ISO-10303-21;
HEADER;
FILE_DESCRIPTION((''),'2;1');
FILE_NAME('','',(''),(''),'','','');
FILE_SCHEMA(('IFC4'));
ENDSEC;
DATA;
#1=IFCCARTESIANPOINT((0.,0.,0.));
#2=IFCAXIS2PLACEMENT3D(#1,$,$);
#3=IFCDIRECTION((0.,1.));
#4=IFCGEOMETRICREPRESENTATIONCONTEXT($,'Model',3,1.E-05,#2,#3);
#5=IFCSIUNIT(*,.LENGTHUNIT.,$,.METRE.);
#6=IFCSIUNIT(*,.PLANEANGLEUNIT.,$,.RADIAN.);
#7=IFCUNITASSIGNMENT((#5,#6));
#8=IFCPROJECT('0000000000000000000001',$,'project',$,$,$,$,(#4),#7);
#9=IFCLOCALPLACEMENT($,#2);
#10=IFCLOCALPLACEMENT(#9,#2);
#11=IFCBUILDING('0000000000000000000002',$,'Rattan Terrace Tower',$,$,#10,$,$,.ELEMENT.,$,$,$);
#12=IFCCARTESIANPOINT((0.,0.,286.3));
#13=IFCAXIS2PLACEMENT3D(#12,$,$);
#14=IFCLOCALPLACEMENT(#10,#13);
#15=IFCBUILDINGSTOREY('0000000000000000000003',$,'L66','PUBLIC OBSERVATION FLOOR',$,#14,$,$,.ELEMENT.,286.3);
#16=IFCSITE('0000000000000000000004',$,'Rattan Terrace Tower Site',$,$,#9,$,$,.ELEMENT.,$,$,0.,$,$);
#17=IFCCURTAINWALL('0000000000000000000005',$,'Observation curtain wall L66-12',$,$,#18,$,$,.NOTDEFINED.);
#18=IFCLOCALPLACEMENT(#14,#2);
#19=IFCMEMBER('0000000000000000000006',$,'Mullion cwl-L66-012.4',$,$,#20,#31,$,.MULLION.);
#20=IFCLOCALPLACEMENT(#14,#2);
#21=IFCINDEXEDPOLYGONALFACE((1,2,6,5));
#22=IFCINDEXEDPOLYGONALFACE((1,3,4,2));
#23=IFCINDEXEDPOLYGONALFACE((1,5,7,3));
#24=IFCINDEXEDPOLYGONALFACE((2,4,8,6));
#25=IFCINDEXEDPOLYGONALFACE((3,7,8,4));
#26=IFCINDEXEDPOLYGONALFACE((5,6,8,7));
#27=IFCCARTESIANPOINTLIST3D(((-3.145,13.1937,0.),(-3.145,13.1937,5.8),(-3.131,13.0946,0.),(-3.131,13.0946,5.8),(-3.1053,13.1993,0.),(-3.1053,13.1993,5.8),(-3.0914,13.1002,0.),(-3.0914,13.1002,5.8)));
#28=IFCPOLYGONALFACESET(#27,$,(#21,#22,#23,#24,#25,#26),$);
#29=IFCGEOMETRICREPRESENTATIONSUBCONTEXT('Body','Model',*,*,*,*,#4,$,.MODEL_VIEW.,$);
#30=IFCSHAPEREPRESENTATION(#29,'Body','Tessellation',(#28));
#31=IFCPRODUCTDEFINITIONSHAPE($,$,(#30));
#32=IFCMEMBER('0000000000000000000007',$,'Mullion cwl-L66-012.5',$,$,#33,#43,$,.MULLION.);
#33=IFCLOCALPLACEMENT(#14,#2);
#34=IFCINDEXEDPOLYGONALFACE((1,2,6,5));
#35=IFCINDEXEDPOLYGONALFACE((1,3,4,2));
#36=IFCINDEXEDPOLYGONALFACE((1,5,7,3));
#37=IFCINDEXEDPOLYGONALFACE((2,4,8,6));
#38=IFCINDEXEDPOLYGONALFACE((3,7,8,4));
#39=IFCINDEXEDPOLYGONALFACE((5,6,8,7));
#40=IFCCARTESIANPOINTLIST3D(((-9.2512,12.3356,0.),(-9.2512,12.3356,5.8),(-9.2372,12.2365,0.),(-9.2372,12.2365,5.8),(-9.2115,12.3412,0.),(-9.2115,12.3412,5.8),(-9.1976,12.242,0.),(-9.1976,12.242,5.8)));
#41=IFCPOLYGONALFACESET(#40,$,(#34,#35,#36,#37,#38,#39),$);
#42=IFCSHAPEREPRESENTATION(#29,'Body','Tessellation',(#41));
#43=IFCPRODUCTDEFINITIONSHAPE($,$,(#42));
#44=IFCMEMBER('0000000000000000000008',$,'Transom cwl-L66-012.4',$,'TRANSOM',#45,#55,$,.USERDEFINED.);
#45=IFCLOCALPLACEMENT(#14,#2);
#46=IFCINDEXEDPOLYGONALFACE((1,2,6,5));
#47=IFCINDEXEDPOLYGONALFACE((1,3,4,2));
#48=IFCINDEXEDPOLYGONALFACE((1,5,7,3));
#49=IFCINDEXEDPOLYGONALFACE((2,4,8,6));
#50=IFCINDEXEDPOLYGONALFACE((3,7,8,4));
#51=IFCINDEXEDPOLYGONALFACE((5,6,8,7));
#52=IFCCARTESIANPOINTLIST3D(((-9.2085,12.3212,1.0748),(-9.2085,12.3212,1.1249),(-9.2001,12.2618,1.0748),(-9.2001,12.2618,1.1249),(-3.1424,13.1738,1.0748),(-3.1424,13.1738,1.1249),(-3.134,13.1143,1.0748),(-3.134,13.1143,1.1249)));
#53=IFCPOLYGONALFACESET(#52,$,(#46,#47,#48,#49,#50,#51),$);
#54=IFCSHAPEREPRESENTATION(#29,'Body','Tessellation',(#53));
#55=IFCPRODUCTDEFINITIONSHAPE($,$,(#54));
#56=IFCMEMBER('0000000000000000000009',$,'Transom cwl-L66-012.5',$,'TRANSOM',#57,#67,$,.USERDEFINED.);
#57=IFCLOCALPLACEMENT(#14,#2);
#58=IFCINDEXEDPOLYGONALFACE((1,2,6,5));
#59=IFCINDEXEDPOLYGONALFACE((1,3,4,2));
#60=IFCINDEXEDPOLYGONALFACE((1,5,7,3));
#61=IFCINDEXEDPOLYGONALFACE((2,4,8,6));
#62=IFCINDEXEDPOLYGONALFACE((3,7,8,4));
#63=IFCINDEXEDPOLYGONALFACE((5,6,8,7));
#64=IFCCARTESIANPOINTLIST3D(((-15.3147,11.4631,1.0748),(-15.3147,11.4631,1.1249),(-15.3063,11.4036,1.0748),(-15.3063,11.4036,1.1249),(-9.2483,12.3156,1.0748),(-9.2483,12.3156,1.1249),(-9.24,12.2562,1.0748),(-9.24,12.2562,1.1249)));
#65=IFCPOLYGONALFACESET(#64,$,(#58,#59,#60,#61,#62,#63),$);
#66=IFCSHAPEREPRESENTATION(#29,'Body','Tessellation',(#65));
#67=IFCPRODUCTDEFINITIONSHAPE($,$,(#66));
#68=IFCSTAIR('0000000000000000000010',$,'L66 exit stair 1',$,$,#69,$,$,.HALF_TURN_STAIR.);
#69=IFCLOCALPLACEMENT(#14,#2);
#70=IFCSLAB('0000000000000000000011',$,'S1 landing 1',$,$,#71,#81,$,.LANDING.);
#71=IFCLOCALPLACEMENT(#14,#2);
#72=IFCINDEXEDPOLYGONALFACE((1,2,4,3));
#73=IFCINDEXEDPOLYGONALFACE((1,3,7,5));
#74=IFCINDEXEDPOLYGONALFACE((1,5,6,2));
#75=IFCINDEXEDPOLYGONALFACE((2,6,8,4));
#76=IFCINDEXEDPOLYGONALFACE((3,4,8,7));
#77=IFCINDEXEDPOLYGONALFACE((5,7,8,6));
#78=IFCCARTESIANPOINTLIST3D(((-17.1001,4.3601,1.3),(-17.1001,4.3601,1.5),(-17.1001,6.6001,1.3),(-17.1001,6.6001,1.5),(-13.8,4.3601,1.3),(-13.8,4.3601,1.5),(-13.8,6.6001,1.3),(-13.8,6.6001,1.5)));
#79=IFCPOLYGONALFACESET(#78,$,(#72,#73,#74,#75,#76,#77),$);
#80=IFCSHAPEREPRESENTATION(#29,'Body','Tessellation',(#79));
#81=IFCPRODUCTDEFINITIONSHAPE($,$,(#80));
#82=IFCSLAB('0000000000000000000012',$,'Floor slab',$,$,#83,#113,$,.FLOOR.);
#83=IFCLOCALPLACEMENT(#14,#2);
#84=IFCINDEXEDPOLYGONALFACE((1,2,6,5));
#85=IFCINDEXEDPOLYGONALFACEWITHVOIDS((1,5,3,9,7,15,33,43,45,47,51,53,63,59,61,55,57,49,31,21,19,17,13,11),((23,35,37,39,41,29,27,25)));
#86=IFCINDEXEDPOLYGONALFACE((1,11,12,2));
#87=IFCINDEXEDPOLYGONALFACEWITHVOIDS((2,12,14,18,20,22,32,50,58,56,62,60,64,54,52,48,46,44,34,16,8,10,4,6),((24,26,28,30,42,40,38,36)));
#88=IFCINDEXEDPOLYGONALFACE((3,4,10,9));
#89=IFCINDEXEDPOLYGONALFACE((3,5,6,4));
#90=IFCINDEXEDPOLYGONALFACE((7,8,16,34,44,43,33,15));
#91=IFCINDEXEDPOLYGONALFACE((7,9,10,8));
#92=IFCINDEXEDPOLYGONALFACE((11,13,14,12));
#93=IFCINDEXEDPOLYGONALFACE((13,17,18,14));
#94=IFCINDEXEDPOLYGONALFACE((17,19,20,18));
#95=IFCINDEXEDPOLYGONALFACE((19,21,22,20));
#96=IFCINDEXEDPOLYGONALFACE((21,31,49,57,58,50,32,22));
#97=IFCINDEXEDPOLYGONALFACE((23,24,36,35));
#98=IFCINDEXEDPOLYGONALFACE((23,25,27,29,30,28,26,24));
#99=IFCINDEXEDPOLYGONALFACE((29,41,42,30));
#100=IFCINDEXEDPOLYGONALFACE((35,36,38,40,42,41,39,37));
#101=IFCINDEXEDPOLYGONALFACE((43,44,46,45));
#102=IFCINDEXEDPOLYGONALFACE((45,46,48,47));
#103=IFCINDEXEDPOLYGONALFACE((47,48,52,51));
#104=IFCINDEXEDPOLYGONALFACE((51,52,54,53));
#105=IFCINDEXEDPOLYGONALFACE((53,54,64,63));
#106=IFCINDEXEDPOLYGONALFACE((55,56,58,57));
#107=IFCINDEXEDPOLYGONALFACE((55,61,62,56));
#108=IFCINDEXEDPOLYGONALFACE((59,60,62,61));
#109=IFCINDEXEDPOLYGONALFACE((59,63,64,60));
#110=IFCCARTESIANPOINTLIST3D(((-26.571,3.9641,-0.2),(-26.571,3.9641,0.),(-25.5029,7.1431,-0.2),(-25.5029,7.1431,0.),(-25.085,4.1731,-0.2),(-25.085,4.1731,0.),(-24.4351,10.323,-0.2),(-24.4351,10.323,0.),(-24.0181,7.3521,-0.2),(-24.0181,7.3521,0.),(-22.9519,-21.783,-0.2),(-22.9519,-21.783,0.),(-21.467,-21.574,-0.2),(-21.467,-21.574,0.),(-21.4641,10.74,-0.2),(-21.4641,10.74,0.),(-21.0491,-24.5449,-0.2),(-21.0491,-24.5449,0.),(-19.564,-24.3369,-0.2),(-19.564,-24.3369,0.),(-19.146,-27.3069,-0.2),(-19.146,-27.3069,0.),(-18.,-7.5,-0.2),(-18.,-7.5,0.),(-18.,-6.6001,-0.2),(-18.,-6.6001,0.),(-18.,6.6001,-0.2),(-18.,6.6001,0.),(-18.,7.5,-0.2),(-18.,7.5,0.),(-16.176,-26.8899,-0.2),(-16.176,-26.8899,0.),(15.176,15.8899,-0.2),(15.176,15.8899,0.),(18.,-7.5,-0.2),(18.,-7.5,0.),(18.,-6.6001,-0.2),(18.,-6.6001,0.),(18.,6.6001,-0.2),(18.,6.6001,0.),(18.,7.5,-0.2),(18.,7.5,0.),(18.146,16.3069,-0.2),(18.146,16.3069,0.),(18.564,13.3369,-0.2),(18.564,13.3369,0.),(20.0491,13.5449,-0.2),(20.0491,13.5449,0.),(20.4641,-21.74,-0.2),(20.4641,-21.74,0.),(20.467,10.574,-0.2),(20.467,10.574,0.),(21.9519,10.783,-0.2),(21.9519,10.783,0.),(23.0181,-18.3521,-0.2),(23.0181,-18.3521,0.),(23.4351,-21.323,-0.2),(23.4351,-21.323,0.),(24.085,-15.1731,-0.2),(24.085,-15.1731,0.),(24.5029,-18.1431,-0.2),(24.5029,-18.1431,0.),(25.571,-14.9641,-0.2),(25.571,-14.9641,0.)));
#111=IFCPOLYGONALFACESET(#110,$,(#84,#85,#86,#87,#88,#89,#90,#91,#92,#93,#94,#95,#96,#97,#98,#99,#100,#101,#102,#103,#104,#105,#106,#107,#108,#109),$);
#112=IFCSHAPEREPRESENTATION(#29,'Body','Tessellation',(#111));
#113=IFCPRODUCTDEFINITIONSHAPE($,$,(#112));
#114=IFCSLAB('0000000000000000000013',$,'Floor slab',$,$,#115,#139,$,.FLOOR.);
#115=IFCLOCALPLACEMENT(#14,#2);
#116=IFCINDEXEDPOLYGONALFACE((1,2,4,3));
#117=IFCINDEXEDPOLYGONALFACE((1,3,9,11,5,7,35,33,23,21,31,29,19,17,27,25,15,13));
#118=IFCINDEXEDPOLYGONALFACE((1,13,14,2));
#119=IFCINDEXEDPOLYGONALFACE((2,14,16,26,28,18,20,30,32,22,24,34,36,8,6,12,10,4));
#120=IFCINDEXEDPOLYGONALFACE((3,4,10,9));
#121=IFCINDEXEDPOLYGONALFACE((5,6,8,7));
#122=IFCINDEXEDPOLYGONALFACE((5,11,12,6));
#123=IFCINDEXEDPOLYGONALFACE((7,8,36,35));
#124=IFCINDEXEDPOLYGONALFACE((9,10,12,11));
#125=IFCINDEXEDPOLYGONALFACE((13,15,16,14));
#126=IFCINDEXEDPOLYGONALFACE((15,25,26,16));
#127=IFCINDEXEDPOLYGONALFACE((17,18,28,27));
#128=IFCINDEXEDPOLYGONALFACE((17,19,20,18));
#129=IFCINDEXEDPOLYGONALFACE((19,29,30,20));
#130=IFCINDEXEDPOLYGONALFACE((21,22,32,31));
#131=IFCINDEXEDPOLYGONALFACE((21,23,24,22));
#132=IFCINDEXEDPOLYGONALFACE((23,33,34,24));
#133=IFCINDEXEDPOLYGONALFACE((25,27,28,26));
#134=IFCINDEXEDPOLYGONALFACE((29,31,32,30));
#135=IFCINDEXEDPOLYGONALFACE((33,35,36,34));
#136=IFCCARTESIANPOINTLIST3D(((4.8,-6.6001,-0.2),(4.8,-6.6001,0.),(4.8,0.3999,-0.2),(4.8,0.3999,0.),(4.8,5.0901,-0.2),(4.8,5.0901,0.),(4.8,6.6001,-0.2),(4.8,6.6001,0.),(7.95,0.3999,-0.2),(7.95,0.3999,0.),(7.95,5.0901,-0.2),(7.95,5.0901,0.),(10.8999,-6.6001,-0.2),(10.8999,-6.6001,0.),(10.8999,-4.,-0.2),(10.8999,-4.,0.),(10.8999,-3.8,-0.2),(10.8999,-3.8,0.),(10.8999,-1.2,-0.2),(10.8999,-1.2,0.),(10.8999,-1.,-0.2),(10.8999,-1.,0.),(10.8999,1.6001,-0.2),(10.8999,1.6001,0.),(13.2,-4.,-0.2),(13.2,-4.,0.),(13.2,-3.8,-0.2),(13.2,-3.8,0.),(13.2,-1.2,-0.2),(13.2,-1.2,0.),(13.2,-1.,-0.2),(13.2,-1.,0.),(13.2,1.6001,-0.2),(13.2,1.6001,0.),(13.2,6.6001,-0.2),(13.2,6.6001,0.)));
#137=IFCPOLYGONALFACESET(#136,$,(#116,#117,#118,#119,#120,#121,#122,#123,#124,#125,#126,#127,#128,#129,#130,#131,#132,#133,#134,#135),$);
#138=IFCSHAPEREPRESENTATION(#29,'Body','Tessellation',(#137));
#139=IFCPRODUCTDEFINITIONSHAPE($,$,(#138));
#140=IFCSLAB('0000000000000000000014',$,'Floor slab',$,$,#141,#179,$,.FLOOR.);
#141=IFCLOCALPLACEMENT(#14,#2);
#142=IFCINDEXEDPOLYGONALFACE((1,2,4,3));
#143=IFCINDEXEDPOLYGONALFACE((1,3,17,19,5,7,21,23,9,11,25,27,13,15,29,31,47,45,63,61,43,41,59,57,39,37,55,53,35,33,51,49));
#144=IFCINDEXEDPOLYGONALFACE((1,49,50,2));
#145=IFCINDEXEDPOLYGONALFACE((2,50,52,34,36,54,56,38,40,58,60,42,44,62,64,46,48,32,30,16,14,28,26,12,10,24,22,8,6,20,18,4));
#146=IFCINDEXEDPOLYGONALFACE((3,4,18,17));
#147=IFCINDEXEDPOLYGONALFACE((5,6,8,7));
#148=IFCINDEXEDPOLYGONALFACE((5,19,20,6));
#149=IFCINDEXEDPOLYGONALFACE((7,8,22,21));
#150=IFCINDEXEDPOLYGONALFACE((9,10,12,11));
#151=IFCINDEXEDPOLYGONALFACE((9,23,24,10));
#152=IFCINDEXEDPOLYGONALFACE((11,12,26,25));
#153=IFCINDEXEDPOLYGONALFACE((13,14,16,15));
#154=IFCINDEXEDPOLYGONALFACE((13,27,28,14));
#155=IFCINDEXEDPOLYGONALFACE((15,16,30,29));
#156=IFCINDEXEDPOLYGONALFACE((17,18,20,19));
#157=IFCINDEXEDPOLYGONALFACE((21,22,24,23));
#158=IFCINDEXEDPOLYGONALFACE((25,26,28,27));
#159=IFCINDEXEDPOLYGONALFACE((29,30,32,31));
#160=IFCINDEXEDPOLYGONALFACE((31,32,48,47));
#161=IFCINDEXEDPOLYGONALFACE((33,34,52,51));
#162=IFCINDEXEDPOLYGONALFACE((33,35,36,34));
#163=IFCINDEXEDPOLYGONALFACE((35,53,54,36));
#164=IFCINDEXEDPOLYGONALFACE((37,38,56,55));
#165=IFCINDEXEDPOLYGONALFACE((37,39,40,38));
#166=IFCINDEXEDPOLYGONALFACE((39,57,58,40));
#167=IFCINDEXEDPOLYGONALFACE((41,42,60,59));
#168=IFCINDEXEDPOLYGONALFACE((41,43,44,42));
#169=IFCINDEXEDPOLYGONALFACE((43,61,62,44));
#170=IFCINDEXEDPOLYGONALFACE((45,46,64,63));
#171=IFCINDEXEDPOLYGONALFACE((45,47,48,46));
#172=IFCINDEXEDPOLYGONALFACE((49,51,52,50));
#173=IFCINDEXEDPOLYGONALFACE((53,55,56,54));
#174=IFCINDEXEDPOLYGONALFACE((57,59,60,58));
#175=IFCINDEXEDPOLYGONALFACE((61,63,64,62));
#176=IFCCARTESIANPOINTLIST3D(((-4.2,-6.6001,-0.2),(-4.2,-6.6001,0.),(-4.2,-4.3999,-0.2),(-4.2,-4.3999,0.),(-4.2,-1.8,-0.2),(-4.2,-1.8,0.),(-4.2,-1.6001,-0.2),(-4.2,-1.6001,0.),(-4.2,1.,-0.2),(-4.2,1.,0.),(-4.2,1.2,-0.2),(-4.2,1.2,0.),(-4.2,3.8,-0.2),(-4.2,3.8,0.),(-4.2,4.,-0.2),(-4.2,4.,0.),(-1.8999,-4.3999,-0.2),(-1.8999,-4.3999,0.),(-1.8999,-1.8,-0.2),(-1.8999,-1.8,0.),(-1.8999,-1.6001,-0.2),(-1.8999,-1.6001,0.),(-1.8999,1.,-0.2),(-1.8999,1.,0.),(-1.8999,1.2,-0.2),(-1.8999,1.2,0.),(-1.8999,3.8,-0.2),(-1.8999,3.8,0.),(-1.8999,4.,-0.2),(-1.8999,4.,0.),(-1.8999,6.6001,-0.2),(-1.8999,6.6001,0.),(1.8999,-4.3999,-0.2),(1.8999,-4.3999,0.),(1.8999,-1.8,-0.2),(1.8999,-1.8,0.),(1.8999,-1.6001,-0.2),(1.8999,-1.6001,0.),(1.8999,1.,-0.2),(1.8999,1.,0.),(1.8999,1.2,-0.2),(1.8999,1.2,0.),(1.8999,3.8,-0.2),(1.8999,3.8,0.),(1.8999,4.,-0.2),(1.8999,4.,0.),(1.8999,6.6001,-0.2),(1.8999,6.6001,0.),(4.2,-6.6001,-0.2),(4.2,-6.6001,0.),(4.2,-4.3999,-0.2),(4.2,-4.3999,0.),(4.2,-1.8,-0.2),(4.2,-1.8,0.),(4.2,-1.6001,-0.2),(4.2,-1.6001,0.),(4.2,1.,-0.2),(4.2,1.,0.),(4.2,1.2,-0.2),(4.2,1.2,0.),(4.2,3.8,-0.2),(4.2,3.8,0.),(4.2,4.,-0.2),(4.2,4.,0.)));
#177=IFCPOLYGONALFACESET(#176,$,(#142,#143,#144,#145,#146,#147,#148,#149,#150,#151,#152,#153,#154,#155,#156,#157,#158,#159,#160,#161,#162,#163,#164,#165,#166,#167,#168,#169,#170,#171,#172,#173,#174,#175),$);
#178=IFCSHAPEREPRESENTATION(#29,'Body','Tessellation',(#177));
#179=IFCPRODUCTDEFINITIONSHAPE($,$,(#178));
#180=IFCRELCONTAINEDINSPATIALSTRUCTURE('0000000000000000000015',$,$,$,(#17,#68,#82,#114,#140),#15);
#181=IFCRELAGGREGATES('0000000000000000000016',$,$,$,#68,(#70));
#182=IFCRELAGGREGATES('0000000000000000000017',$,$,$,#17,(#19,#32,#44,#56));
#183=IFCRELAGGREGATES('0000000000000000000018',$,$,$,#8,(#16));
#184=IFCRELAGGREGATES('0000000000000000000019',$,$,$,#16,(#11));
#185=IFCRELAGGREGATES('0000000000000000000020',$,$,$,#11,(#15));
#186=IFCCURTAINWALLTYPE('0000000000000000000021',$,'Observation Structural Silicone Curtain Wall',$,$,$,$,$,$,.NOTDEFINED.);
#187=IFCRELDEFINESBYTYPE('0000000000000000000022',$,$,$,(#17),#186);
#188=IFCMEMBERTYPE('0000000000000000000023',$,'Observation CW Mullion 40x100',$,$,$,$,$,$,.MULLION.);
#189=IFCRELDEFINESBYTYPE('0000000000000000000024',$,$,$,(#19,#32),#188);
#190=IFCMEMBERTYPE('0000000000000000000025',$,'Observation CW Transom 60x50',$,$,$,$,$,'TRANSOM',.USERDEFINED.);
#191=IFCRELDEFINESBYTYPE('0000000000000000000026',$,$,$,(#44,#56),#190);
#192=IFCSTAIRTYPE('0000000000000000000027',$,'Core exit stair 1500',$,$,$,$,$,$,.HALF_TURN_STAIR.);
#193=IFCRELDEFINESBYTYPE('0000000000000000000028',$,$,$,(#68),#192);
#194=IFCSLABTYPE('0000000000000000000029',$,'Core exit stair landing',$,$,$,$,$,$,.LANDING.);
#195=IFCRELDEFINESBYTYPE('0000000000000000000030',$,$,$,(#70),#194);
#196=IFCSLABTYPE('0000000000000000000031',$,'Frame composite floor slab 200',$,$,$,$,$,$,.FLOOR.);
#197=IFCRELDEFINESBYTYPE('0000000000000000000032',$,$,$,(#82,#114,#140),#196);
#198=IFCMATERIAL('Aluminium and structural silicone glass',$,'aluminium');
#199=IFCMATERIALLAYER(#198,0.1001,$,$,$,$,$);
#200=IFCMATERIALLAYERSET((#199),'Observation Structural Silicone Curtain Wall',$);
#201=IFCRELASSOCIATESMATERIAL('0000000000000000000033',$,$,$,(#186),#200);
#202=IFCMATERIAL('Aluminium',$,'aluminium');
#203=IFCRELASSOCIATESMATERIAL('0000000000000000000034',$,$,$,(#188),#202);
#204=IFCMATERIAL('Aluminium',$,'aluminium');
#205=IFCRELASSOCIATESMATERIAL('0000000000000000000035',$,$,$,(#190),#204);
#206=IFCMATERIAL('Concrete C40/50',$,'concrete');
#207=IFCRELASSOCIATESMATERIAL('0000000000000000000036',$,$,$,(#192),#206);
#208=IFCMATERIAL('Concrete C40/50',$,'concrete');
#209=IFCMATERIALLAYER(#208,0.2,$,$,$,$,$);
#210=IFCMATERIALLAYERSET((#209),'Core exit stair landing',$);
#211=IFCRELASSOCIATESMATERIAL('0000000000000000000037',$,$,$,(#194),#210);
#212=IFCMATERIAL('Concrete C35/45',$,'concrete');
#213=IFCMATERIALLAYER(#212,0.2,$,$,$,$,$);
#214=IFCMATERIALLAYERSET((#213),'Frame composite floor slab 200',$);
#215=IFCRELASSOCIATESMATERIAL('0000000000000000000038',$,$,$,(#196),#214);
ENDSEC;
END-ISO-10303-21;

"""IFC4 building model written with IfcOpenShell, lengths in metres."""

from ifc_helpers import new_model, si_unit, direction, frame, origin, origin_2d, place, context, subcontext, project, spatial, polyline, rectangle, outline, extrude, material, layer, layer_set, material_profile, profile_set, type_object, element, aggregate, save


model = new_model("IFC4")

# Units and contexts
model_context = context("Model", 3, precision=1e-05, world=origin(), true_north=direction((0.0, 1.0)))
body_context = subcontext(model_context, "Body", "Model", "MODEL_VIEW")
ifc_project = project(units=[si_unit("LENGTHUNIT", "METRE"), si_unit("PLANEANGLEUNIT", "RADIAN")], contexts=[model_context])

# Site, building, storey
site_placement = place(None, origin())
site = spatial("IfcSite", under=ifc_project, at=site_placement, Name="Rattan Terrace Tower Site", CompositionType="ELEMENT", RefElevation=0.0)
building_placement = place(site_placement, origin())
building = spatial("IfcBuilding", under=site, at=building_placement, Name="Rattan Terrace Tower", CompositionType="ELEMENT")
storey_placement = place(building_placement, frame((0.0, 0.0, 286.3)))
storey = spatial("IfcBuildingStorey", under=building, at=storey_placement, Name="L66", Description="PUBLIC OBSERVATION FLOOR", CompositionType="ELEMENT", Elevation=286.3)

# Curtain wall, members
ifc_material_1 = material(Name="Aluminium and structural silicone glass", Category="aluminium")
ifc_layer_1 = layer(ifc_material_1, 0.1001)
ifc_layer_set_1 = layer_set([ifc_layer_1], Name="Observation Structural Silicone Curtain Wall")
curtain_wall_type = type_object("IfcCurtainWallType", Name="Observation Structural Silicone Curtain Wall", PredefinedType="NOTDEFINED", material=ifc_layer_set_1)
curtain_wall_placement = place(storey_placement, origin())
curtain_wall = element("IfcCurtainWall", 1, at=curtain_wall_placement, inside=storey, type_object=curtain_wall_type, Name="Observation curtain wall L66-12", PredefinedType="NOTDEFINED")
ifc_material_2 = material(Name="Aluminium", Category="aluminium")
ifc_material_profile_1 = material_profile(ifc_material_2, rectangle(XDim=0.04, YDim=0.1001, at=origin_2d()), Name="Aluminium 40x100")
ifc_profile_set_1 = profile_set([ifc_material_profile_1], Name="Aluminium")
member_type_1 = type_object("IfcMemberType", Name="Observation CW Mullion 40x100", PredefinedType="MULLION", material=ifc_profile_set_1)
member_1_placement = place(storey_placement, frame((-3.1182, 13.147, 0.0), z_axis=(0.0, 0.0, 1.0), x_axis=(-0.990266, -0.139189, 0.0)))
member_1 = element("IfcMember", 2, at=member_1_placement, type_object=member_type_1, Name="Mullion cwl-L66-012.4", PredefinedType="MULLION", context=body_context, shape_type="SweptSolid", body=[
    extrude(rectangle(XDim=0.04, YDim=0.1001, at=origin_2d()), origin(), (0.0, 0.0, 1.0), 5.8),
])
member_2_placement = place(storey_placement, frame((-9.2244, 12.2888, 0.0), z_axis=(0.0, 0.0, 1.0), x_axis=(-0.990266, -0.139189, 0.0)))
member_2 = element("IfcMember", 3, at=member_2_placement, type_object=member_type_1, Name="Mullion cwl-L66-012.5", PredefinedType="MULLION", context=body_context, shape_type="SweptSolid", body=[
    extrude(rectangle(XDim=0.04, YDim=0.1001, at=origin_2d()), origin(), (0.0, 0.0, 1.0), 5.8),
])
ifc_material_3 = material(Name="Aluminium", Category="aluminium")
ifc_material_profile_2 = material_profile(ifc_material_3, rectangle(XDim=0.0601, YDim=0.05, at=origin_2d()), Name="Aluminium 60x50")
ifc_profile_set_2 = profile_set([ifc_material_profile_2], Name="Aluminium")
member_type_2 = type_object("IfcMemberType", Name="Observation CW Transom 60x50", ElementType="TRANSOM", PredefinedType="USERDEFINED", material=ifc_profile_set_2)
member_3_placement = place(storey_placement, frame((-3.1382, 13.144, 1.0999), z_axis=(-0.990268, -0.139172, 0.0), x_axis=(0.139172, -0.990268, 0.0)))
member_3 = element("IfcMember", 4, at=member_3_placement, type_object=member_type_2, Name="Transom cwl-L66-012.4", ObjectType="TRANSOM", PredefinedType="USERDEFINED", context=body_context, shape_type="SweptSolid", body=[
    extrude(rectangle(XDim=0.0601, YDim=0.05, at=origin_2d()), origin(), (0.0, 0.0, 1.0), 6.1257),
])
member_4_placement = place(storey_placement, frame((-9.2441, 12.2859, 1.0999), z_axis=(-0.990269, -0.139167, 0.0), x_axis=(0.139167, -0.990269, 0.0)))
member_4 = element("IfcMember", 5, at=member_4_placement, type_object=member_type_2, Name="Transom cwl-L66-012.5", ObjectType="TRANSOM", PredefinedType="USERDEFINED", context=body_context, shape_type="SweptSolid", body=[
    extrude(rectangle(XDim=0.0601, YDim=0.05, at=origin_2d()), origin(), (0.0, 0.0, 1.0), 6.126),
])

# Stair, slab
ifc_material_4 = material(Name="Concrete C40/50", Category="concrete")
stair_type = type_object("IfcStairType", Name="Core exit stair 1500", PredefinedType="HALF_TURN_STAIR", material=ifc_material_4)
stair_placement = place(storey_placement, origin())
stair = element("IfcStair", 6, at=stair_placement, inside=storey, type_object=stair_type, Name="L66 exit stair 1", PredefinedType="HALF_TURN_STAIR")
ifc_material_5 = material(Name="Concrete C40/50", Category="concrete")
ifc_layer_2 = layer(ifc_material_5, 0.2)
ifc_layer_set_2 = layer_set([ifc_layer_2], Name="Core exit stair landing")
slab_type_1 = type_object("IfcSlabType", Name="Core exit stair landing", PredefinedType="LANDING", material=ifc_layer_set_2)
slab_1_placement = place(storey_placement, frame((0.0, 0.0, 1.3)))
slab_1 = element("IfcSlab", 7, at=slab_1_placement, type_object=slab_type_1, Name="S1 landing 1", PredefinedType="LANDING", context=body_context, shape_type="SweptSolid", body=[
    extrude(outline(polyline([(-13.8, 4.3601), (-13.8, 6.6001), (-17.1001, 6.6001), (-17.1001, 4.3601), (-13.8, 4.3601)])), origin(), (0.0, 0.0, 1.0), 0.2),
])
aggregate(stair, [slab_1])

# Slabs
ifc_material_6 = material(Name="Concrete C35/45", Category="concrete")
ifc_layer_3 = layer(ifc_material_6, 0.2)
ifc_layer_set_3 = layer_set([ifc_layer_3], Name="Frame composite floor slab 200")
slab_type_2 = type_object("IfcSlabType", Name="Frame composite floor slab 200", PredefinedType="FLOOR", material=ifc_layer_set_3)
slab_2_placement = place(storey_placement, frame((0.0, 0.0, -0.2)))
element("IfcSlab", 8, at=slab_2_placement, inside=storey, type_object=slab_type_2, Name="Floor slab", PredefinedType="FLOOR", context=body_context, shape_type="SweptSolid", body=[
    extrude(outline(polyline([(-16.176, -26.8899), (20.4641, -21.74), (23.4351, -21.323), (23.0181, -18.3521), (24.5029, -18.1431), (24.085, -15.1731), (25.571, -14.9641), (21.9519, 10.783), (20.467, 10.574), (20.0491, 13.5449), (18.564, 13.3369), (18.146, 16.3069), (15.176, 15.8899), (-21.4641, 10.74), (-24.4351, 10.323), (-24.0181, 7.3521), (-25.5029, 7.1431), (-25.085, 4.1731), (-26.571, 3.9641), (-22.9519, -21.783), (-21.467, -21.574), (-21.0491, -24.5449), (-19.564, -24.3369), (-19.146, -27.3069), (-16.176, -26.8899)]), holes=[polyline([(-18.0, -7.5), (18.0, -7.5), (18.0, -6.6001), (18.0, 6.6001), (18.0, 7.5), (-18.0, 7.5), (-18.0, 6.6001), (-18.0, -6.6001), (-18.0, -7.5)])]), origin(), (0.0, 0.0, 1.0), 0.2),
])
slab_3_placement = place(storey_placement, frame((0.0, 0.0, -0.2)))
element("IfcSlab", 9, at=slab_3_placement, inside=storey, type_object=slab_type_2, Name="Floor slab", PredefinedType="FLOOR", context=body_context, shape_type="SweptSolid", body=[
    extrude(outline(polyline([(13.2, 6.6001), (4.8, 6.6001), (4.8, 5.0901), (7.95, 5.0901), (7.95, 0.3999), (4.8, 0.3999), (4.8, -6.6001), (10.8999, -6.6001), (10.8999, -4.0), (13.2, -4.0), (13.2, -3.8), (10.8999, -3.8), (10.8999, -1.2), (13.2, -1.2), (13.2, -1.0), (10.8999, -1.0), (10.8999, 1.6001), (13.2, 1.6001), (13.2, 6.6001)])), origin(), (0.0, 0.0, 1.0), 0.2),
])
slab_4_placement = place(storey_placement, frame((0.0, 0.0, -0.2)))
element("IfcSlab", 10, at=slab_4_placement, inside=storey, type_object=slab_type_2, Name="Floor slab", PredefinedType="FLOOR", context=body_context, shape_type="SweptSolid", body=[
    extrude(outline(polyline([(1.8999, 6.6001), (-1.8999, 6.6001), (-1.8999, 4.0), (-4.2, 4.0), (-4.2, 3.8), (-1.8999, 3.8), (-1.8999, 1.2), (-4.2, 1.2), (-4.2, 1.0), (-1.8999, 1.0), (-1.8999, -1.6001), (-4.2, -1.6001), (-4.2, -1.8), (-1.8999, -1.8), (-1.8999, -4.3999), (-4.2, -4.3999), (-4.2, -6.6001), (4.2, -6.6001), (4.2, -4.3999), (1.8999, -4.3999), (1.8999, -1.8), (4.2, -1.8), (4.2, -1.6001), (1.8999, -1.6001), (1.8999, 1.0), (4.2, 1.0), (4.2, 1.2), (1.8999, 1.2), (1.8999, 3.8), (4.2, 3.8), (4.2, 4.0), (1.8999, 4.0), (1.8999, 6.6001)])), origin(), (0.0, 0.0, 1.0), 0.2),
])

aggregate(curtain_wall, [member_1, member_2, member_3, member_4])

save(model, "model.ifc")
